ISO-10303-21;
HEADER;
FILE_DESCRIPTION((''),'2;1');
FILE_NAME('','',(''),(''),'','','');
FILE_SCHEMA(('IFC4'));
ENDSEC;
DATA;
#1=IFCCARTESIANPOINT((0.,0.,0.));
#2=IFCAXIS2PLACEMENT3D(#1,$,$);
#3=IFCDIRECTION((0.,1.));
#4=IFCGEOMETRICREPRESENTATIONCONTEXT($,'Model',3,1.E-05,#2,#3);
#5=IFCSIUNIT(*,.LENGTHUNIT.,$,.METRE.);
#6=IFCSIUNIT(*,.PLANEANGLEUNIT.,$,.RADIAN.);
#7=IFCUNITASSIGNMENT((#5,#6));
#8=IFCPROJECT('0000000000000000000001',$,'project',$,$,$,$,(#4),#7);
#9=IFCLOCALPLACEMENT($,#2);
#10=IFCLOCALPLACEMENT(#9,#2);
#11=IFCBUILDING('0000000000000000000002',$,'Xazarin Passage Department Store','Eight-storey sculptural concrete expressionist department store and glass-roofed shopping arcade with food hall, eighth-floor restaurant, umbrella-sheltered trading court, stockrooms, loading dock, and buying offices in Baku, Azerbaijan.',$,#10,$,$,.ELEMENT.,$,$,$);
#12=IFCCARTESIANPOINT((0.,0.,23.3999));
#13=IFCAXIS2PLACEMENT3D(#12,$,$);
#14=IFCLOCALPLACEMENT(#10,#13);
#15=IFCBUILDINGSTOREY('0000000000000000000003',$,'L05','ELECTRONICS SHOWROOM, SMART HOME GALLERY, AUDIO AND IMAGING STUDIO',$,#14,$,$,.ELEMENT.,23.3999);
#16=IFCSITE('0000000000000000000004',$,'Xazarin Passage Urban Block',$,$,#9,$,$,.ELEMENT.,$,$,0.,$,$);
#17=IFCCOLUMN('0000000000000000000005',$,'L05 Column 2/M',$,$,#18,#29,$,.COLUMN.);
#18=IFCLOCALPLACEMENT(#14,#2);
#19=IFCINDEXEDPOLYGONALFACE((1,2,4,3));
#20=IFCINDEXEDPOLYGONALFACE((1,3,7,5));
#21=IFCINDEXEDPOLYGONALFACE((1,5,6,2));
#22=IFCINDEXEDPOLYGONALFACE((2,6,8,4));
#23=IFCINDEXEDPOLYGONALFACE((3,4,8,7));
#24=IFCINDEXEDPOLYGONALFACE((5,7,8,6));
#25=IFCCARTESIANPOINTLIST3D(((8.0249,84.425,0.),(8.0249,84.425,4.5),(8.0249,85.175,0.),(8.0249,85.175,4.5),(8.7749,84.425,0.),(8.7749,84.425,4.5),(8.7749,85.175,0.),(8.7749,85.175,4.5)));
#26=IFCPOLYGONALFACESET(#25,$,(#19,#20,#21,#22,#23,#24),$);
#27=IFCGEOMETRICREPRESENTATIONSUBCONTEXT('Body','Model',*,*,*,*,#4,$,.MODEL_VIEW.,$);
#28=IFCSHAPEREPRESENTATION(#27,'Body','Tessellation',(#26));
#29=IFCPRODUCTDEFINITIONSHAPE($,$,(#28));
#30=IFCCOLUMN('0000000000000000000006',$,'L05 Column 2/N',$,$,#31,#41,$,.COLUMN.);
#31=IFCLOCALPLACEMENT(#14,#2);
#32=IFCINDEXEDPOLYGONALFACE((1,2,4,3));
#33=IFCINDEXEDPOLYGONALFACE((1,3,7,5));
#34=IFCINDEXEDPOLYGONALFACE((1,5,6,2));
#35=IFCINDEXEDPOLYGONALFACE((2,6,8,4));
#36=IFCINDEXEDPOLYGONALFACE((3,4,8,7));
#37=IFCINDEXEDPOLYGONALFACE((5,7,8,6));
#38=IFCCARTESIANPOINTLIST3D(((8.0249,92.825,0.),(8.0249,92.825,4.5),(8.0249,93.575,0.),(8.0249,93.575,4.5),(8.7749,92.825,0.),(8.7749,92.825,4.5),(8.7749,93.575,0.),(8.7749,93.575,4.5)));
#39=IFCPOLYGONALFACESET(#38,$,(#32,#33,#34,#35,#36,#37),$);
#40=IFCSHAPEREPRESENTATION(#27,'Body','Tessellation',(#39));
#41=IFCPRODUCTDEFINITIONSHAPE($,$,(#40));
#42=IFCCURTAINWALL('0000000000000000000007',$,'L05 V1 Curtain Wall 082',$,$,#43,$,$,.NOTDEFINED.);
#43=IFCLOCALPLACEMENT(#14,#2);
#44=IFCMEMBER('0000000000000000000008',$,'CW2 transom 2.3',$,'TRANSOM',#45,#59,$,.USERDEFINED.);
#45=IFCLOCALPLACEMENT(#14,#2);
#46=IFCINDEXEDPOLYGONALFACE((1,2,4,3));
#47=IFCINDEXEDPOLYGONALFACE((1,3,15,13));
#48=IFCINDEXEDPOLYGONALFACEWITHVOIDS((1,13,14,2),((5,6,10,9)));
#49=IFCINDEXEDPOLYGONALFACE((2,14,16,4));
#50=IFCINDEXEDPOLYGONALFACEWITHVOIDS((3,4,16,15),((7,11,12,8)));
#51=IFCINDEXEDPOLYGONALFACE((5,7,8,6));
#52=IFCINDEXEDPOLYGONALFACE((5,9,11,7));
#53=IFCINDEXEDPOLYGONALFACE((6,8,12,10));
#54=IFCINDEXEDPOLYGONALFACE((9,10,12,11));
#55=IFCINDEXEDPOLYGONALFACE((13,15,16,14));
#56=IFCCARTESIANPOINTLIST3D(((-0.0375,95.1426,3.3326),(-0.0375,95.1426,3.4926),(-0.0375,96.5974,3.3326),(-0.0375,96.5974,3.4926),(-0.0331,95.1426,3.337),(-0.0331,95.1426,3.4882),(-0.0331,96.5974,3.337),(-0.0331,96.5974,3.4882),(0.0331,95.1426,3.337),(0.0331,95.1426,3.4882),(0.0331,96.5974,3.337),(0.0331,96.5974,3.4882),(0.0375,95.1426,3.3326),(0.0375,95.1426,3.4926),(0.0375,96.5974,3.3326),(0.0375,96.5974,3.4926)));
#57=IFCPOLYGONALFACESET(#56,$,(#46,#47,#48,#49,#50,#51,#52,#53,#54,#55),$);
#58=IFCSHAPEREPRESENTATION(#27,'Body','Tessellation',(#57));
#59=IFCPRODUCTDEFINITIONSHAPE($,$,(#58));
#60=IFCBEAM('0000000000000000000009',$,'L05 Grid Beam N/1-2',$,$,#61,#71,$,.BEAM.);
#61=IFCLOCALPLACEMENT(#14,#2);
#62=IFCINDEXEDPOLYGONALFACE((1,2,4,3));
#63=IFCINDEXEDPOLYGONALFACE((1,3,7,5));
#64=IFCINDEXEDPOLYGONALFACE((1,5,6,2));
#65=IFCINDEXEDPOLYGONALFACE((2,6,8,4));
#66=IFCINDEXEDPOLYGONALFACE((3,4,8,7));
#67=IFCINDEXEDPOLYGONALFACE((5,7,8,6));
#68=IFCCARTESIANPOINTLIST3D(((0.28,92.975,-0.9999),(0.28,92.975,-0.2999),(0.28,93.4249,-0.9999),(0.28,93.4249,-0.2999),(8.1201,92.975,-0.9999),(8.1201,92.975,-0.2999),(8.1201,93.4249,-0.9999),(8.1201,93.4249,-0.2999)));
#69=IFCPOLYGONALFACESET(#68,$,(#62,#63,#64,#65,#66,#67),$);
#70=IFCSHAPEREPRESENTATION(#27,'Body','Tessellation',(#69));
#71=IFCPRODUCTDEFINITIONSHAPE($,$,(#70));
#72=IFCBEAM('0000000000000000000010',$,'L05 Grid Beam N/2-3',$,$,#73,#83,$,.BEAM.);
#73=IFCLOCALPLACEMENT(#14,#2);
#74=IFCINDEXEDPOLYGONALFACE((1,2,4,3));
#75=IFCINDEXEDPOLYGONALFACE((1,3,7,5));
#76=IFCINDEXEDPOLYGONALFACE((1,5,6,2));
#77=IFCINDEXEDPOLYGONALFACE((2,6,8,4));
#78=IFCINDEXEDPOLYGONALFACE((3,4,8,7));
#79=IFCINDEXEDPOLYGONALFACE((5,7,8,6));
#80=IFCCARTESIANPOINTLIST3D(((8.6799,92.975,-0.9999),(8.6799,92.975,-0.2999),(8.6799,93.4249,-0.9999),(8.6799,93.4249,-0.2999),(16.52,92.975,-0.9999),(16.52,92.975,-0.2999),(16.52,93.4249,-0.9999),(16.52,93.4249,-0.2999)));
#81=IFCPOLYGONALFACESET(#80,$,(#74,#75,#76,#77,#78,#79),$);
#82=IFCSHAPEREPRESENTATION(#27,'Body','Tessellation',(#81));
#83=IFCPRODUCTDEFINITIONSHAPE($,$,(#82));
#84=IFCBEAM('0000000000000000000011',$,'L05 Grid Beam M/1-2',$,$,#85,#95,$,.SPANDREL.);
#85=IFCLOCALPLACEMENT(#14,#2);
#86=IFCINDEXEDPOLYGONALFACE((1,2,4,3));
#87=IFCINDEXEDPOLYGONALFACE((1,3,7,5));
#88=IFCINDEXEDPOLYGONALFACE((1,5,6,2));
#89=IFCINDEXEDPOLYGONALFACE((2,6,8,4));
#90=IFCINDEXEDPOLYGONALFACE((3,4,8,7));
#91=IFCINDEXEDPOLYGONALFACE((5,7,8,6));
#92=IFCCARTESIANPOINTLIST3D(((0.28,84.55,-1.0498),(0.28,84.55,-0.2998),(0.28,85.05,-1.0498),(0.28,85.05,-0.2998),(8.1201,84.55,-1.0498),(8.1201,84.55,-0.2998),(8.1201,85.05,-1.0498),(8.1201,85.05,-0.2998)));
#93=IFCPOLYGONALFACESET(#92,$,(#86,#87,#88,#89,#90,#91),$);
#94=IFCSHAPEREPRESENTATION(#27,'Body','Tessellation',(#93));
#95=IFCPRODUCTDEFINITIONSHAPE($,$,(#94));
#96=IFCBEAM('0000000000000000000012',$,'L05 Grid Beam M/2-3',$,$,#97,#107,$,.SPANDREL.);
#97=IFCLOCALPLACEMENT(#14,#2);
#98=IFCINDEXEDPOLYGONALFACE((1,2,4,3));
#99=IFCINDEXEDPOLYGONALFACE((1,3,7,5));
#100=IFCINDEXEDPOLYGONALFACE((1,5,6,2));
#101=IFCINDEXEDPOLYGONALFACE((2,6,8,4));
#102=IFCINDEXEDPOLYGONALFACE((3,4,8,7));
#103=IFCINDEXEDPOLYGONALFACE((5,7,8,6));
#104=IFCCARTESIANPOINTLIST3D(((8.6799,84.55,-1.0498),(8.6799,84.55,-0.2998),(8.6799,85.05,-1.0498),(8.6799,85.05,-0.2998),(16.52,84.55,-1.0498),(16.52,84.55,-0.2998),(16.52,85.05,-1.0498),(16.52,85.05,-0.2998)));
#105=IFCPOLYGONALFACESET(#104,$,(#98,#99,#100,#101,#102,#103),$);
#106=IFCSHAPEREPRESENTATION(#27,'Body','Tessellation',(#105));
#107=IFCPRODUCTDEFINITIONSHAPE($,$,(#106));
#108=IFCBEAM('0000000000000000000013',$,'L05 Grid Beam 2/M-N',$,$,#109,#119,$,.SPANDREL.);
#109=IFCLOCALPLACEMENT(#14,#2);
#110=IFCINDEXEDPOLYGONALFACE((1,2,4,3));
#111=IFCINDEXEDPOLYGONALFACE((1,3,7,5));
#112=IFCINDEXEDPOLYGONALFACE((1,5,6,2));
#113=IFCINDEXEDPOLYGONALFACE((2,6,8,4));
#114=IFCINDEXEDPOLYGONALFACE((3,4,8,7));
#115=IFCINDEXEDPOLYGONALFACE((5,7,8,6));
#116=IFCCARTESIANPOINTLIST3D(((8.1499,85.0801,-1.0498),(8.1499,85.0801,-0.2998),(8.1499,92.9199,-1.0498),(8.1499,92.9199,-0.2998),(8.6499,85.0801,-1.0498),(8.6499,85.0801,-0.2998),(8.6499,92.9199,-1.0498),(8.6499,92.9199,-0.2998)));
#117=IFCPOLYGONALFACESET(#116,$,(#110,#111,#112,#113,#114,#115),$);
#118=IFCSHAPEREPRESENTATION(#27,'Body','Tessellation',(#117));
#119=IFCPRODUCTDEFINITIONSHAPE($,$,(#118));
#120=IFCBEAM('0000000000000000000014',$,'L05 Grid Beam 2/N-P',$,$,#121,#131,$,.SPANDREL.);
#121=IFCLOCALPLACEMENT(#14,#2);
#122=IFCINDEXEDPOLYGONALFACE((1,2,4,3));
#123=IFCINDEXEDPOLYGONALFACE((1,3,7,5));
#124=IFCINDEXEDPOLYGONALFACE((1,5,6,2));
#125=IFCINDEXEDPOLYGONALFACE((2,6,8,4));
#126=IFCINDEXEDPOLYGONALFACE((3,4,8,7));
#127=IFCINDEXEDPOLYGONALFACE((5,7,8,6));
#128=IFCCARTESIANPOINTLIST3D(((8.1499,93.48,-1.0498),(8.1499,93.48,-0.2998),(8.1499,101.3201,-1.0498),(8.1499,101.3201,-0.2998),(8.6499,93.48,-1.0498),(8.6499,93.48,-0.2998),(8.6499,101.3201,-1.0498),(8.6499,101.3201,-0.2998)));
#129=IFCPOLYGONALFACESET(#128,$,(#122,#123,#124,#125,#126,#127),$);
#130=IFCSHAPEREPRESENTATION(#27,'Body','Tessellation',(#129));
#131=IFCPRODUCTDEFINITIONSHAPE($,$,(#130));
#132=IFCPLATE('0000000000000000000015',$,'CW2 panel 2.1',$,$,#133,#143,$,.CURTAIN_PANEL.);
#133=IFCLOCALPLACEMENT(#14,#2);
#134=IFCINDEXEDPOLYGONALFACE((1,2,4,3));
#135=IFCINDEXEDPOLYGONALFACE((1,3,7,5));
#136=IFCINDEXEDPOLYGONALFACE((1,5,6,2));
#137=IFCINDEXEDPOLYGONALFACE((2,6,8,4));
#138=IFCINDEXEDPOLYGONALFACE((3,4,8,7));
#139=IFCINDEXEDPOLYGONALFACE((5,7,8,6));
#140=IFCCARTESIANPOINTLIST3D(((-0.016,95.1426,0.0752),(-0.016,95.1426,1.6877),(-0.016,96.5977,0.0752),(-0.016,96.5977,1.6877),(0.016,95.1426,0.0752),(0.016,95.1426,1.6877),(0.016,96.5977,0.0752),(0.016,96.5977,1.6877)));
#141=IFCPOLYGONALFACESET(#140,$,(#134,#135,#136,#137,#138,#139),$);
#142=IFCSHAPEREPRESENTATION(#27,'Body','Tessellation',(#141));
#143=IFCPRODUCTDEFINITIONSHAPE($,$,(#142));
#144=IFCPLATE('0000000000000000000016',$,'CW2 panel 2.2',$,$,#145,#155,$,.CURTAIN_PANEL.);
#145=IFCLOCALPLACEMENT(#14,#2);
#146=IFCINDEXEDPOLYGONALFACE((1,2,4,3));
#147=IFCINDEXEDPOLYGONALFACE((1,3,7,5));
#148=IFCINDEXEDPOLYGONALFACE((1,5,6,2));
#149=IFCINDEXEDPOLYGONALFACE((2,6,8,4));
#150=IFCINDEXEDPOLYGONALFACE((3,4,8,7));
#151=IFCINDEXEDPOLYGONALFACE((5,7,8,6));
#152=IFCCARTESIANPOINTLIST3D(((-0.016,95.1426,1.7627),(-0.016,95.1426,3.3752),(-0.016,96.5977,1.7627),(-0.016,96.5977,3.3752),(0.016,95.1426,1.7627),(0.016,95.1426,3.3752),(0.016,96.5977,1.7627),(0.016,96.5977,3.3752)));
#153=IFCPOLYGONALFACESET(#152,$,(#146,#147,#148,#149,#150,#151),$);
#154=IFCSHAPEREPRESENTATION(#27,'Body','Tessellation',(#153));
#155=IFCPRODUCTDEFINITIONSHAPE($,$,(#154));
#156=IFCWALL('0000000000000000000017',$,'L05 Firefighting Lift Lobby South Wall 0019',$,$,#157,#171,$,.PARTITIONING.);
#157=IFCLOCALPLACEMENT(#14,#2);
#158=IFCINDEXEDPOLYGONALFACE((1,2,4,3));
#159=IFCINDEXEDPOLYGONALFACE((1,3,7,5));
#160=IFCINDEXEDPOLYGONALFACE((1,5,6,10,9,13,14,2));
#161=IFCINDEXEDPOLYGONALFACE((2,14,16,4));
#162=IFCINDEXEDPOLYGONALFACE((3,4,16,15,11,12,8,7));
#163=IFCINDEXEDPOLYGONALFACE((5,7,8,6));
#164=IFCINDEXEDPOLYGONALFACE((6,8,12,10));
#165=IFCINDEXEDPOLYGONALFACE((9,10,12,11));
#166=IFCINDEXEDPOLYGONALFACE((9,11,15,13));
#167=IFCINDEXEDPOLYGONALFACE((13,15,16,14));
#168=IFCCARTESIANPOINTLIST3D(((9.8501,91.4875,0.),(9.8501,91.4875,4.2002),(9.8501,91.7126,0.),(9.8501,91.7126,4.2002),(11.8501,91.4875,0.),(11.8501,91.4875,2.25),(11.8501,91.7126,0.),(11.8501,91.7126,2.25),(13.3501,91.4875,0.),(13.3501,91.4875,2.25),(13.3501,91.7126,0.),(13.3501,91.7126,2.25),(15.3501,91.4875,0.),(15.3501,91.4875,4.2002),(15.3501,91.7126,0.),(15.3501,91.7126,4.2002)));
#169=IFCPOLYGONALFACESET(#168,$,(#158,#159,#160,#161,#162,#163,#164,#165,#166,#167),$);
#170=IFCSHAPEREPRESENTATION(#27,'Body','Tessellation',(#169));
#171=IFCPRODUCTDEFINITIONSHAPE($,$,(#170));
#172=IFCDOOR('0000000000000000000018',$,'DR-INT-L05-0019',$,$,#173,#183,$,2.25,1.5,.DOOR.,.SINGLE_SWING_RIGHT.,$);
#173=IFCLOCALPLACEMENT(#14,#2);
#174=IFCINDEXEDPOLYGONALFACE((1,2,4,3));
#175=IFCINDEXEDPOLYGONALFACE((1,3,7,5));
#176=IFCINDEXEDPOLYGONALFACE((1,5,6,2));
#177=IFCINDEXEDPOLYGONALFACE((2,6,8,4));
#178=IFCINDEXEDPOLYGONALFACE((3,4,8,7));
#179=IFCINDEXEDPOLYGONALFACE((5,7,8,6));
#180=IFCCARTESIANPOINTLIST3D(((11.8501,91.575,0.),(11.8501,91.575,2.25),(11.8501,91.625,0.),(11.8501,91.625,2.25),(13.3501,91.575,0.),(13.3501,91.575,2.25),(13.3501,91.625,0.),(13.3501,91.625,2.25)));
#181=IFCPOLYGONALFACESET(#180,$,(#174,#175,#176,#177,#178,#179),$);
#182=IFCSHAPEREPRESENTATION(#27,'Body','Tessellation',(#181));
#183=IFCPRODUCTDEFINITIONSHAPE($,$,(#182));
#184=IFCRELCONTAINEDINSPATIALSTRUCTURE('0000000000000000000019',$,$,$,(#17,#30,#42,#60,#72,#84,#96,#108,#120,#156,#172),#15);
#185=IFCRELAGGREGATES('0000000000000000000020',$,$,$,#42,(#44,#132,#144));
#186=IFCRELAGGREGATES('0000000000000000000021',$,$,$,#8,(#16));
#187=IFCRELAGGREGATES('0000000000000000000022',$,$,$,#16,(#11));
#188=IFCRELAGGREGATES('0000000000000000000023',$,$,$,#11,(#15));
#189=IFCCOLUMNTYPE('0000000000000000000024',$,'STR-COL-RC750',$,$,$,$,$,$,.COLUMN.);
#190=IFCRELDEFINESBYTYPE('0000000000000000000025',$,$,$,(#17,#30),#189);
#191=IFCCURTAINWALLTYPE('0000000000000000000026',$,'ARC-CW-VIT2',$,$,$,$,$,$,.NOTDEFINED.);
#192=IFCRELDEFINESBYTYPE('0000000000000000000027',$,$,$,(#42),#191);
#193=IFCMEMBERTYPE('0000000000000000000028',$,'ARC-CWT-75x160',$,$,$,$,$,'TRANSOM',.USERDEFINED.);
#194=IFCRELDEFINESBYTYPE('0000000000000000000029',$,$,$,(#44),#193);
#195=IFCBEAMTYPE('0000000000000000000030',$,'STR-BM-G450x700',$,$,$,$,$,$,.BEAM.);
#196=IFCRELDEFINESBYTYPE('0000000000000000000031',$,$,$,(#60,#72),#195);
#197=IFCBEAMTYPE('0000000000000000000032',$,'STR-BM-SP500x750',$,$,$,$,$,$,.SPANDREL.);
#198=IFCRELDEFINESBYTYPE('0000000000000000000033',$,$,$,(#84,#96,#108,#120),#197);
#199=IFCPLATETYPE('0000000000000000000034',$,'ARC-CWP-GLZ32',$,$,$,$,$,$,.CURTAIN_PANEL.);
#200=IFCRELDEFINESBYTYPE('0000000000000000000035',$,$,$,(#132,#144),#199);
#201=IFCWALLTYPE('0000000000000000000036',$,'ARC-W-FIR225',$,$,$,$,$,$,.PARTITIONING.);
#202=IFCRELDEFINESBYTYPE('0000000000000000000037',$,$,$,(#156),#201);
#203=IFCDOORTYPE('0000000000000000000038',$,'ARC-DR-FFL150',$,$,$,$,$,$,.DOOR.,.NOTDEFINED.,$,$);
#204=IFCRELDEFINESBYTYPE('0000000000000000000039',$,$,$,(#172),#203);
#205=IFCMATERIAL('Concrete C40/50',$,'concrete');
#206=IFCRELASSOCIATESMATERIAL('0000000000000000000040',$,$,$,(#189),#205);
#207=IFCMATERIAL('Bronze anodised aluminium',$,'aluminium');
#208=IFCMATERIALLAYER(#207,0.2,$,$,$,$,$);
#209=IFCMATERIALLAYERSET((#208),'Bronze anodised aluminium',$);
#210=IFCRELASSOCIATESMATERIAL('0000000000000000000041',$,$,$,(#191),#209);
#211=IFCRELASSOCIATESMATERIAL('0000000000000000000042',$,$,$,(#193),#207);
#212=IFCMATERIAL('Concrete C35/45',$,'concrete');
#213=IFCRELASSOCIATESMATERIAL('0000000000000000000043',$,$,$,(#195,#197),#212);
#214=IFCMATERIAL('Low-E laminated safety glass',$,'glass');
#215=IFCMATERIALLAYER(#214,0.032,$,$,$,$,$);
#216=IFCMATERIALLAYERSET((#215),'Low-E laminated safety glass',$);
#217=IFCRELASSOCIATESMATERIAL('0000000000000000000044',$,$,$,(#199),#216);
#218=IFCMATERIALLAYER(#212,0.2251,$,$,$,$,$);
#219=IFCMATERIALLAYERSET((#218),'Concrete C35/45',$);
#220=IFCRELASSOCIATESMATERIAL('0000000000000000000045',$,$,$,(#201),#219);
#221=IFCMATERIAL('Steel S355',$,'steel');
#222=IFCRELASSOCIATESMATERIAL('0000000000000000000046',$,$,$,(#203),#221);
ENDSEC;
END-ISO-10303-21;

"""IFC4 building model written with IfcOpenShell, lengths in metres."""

from ifc_helpers import new_model, si_unit, direction, frame, frame_2d, origin, origin_2d, place, context, subcontext, project, spatial, rectangle, hollow_rectangle, extrude, material, layer, layer_set, material_profile, profile_set, type_object, element, fill, aggregate, save


model = new_model("IFC4")

# Units and contexts
model_context = context("Model", 3, precision=1e-05, world=origin(), true_north=direction((0.0, 1.0)))
body_context = subcontext(model_context, "Body", "Model", "MODEL_VIEW")
ifc_project = project(units=[si_unit("LENGTHUNIT", "METRE"), si_unit("PLANEANGLEUNIT", "RADIAN")], contexts=[model_context])

# Site, building, storey
site_placement = place(None, origin())
site = spatial("IfcSite", under=ifc_project, at=site_placement, Name="Xazarin Passage Urban Block", CompositionType="ELEMENT", RefElevation=0.0)
building_placement = place(site_placement, origin())
building = spatial("IfcBuilding", under=site, at=building_placement, Name="Xazarin Passage Department Store", Description="Eight-storey sculptural concrete expressionist department store and glass-roofed shopping arcade with food hall, eighth-floor restaurant, umbrella-sheltered trading court, stockrooms, loading dock, and buying offices in Baku, Azerbaijan.", CompositionType="ELEMENT")
storey_placement = place(building_placement, frame((0.0, 0.0, 23.3999)))
storey = spatial("IfcBuildingStorey", under=building, at=storey_placement, Name="L05", Description="ELECTRONICS SHOWROOM, SMART HOME GALLERY, AUDIO AND IMAGING STUDIO", CompositionType="ELEMENT", Elevation=23.3999)

# Columns
ifc_material_1 = material(Name="Concrete C40/50", Category="concrete")
ifc_material_profile_1 = material_profile(ifc_material_1, rectangle(XDim=0.75, YDim=0.75, at=origin_2d()), Name="RC 750x750")
ifc_profile_set_1 = profile_set([ifc_material_profile_1], Name="Concrete C40/50")
column_type = type_object("IfcColumnType", Name="STR-COL-RC750", PredefinedType="COLUMN", material=ifc_profile_set_1)
for number, where, z_axis, x_axis, name in (
    (1, (8.3999, 84.8, 0.0), (0.0, 0.0, 1.0), (1.0, 0.0, 0.0), "L05 Column 2/M"),
    (2, (8.3999, 93.2, 0.0), (0.0, 0.0, 1.0), (1.0, 0.0, 0.0), "L05 Column 2/N"),
):
    element("IfcColumn", number, at=place(storey_placement, frame(where, z_axis=z_axis, x_axis=x_axis)), inside=storey, type_object=column_type, Name=name, PredefinedType="COLUMN", context=body_context, shape_type="SweptSolid", body=[
        extrude(rectangle(XDim=0.75, YDim=0.75, at=origin_2d()), origin(), (0.0, 0.0, 1.0), 4.5),
    ])

# Curtain wall, member
ifc_material_2 = material(Name="Bronze anodised aluminium", Category="aluminium")
ifc_layer_1 = layer(ifc_material_2, 0.2)
ifc_layer_set_1 = layer_set([ifc_layer_1], Name="Bronze anodised aluminium")
curtain_wall_type = type_object("IfcCurtainWallType", Name="ARC-CW-VIT2", PredefinedType="NOTDEFINED", material=ifc_layer_set_1)
curtain_wall_placement = place(storey_placement, origin())
curtain_wall = element("IfcCurtainWall", 3, at=curtain_wall_placement, inside=storey, type_object=curtain_wall_type, Name="L05 V1 Curtain Wall 082", PredefinedType="NOTDEFINED")
ifc_material_profile_2 = material_profile(ifc_material_2, hollow_rectangle(XDim=0.075, YDim=0.1599, WallThickness=0.0044, at=origin_2d()), Name="ALU 75x160")
ifc_profile_set_2 = profile_set([ifc_material_profile_2], Name="Bronze anodised aluminium")
member_type = type_object("IfcMemberType", Name="ARC-CWT-75x160", ElementType="TRANSOM", PredefinedType="USERDEFINED", material=ifc_profile_set_2)
member_placement = place(storey_placement, frame((0.0, 95.1426, 3.4126), z_axis=(0.0, 1.0, 0.0), x_axis=(-1.0, 0.0, 0.0)))
member = element("IfcMember", 4, at=member_placement, type_object=member_type, Name="CW2 transom 2.3", ObjectType="TRANSOM", PredefinedType="USERDEFINED", context=body_context, shape_type="SweptSolid", body=[
    extrude(hollow_rectangle(XDim=0.075, YDim=0.1599, WallThickness=0.0044, at=origin_2d()), origin(), (0.0, 0.0, 1.0), 1.4548),
])

# Beams
ifc_material_3 = material(Name="Concrete C35/45", Category="concrete")
ifc_material_profile_3 = material_profile(ifc_material_3, rectangle(XDim=0.45, YDim=0.7, at=origin_2d()), Name="RC 450x700")
ifc_profile_set_3 = profile_set([ifc_material_profile_3], Name="Concrete C35/45")
beam_type_1 = type_object("IfcBeamType", Name="STR-BM-G450x700", PredefinedType="BEAM", material=ifc_profile_set_3)
for number, where, z_axis, x_axis, name in (
    (5, (0.28, 93.2, -0.6499), (1.0, 0.0, 0.0), (0.0, 1.0, 0.0), "L05 Grid Beam N/1-2"),
    (6, (8.6799, 93.2, -0.6499), (1.0, 0.0, 0.0), (0.0, 1.0, 0.0), "L05 Grid Beam N/2-3"),
):
    element("IfcBeam", number, at=place(storey_placement, frame(where, z_axis=z_axis, x_axis=x_axis)), inside=storey, type_object=beam_type_1, Name=name, PredefinedType="BEAM", context=body_context, shape_type="SweptSolid", body=[
        extrude(rectangle(XDim=0.45, YDim=0.7, at=origin_2d()), origin(), (0.0, 0.0, 1.0), 7.8401),
    ])
ifc_material_profile_4 = material_profile(ifc_material_3, rectangle(XDim=0.5, YDim=0.75, at=origin_2d()), Name="RC 500x750")
ifc_profile_set_4 = profile_set([ifc_material_profile_4], Name="Concrete C35/45")
beam_type_2 = type_object("IfcBeamType", Name="STR-BM-SP500x750", PredefinedType="SPANDREL", material=ifc_profile_set_4)
for number, where, z_axis, x_axis, name in (
    (7, (0.28, 84.8, -0.6748), (1.0, 0.0, 0.0), (0.0, 1.0, 0.0), "L05 Grid Beam M/1-2"),
    (8, (8.6799, 84.8, -0.6748), (1.0, 0.0, 0.0), (0.0, 1.0, 0.0), "L05 Grid Beam M/2-3"),
):
    element("IfcBeam", number, at=place(storey_placement, frame(where, z_axis=z_axis, x_axis=x_axis)), inside=storey, type_object=beam_type_2, Name=name, PredefinedType="SPANDREL", context=body_context, shape_type="SweptSolid", body=[
        extrude(rectangle(XDim=0.5, YDim=0.75, at=origin_2d()), origin(), (0.0, 0.0, 1.0), 7.8401),
    ])
beam_1_placement = place(storey_placement, frame((8.3999, 85.0801, -0.6748), z_axis=(0.0, 1.0, 0.0), x_axis=(-1.0, 0.0, 0.0)))
element("IfcBeam", 9, at=beam_1_placement, inside=storey, type_object=beam_type_2, Name="L05 Grid Beam 2/M-N", PredefinedType="SPANDREL", context=body_context, shape_type="SweptSolid", body=[
    extrude(rectangle(XDim=0.5, YDim=0.75, at=origin_2d()), origin(), (0.0, 0.0, 1.0), 7.8398),
])
beam_2_placement = place(storey_placement, frame((8.3999, 93.48, -0.6748), z_axis=(0.0, 1.0, 0.0), x_axis=(-1.0, 0.0, 0.0)))
element("IfcBeam", 10, at=beam_2_placement, inside=storey, type_object=beam_type_2, Name="L05 Grid Beam 2/N-P", PredefinedType="SPANDREL", context=body_context, shape_type="SweptSolid", body=[
    extrude(rectangle(XDim=0.5, YDim=0.75, at=origin_2d()), origin(), (0.0, 0.0, 1.0), 7.8401),
])

# Plates
ifc_material_4 = material(Name="Low-E laminated safety glass", Category="glass")
ifc_layer_2 = layer(ifc_material_4, 0.032)
ifc_layer_set_2 = layer_set([ifc_layer_2], Name="Low-E laminated safety glass")
plate_type = type_object("IfcPlateType", Name="ARC-CWP-GLZ32", PredefinedType="CURTAIN_PANEL", material=ifc_layer_set_2)
plate_1_placement = place(storey_placement, frame((0.0, 95.8701, 0.0752), z_axis=(0.0, 0.0, 1.0), x_axis=(0.0, 1.0, 0.0)))
plate_1 = element("IfcPlate", 11, at=plate_1_placement, type_object=plate_type, Name="CW2 panel 2.1", PredefinedType="CURTAIN_PANEL", context=body_context, shape_type="SweptSolid", body=[
    extrude(rectangle(XDim=1.4551, YDim=0.032, at=origin_2d()), origin(), (0.0, 0.0, 1.0), 1.6125),
])
plate_2_placement = place(storey_placement, frame((0.0, 95.8701, 1.7627), z_axis=(0.0, 0.0, 1.0), x_axis=(0.0, 1.0, 0.0)))
plate_2 = element("IfcPlate", 12, at=plate_2_placement, type_object=plate_type, Name="CW2 panel 2.2", PredefinedType="CURTAIN_PANEL", context=body_context, shape_type="SweptSolid", body=[
    extrude(rectangle(XDim=1.4551, YDim=0.032, at=origin_2d()), origin(), (0.0, 0.0, 1.0), 1.6125),
])
aggregate(curtain_wall, [member, plate_1, plate_2])

# Wall, opening, door
ifc_layer_3 = layer(ifc_material_3, 0.2251)
ifc_layer_set_3 = layer_set([ifc_layer_3], Name="Concrete C35/45")
wall_type_1 = type_object("IfcWallType", Name="ARC-W-FIR225", PredefinedType="PARTITIONING", material=ifc_layer_set_3)
wall_1_placement = place(storey_placement, frame((9.8501, 91.6001, 0.0), z_axis=(0.0, 0.0, 1.0), x_axis=(1.0, 0.0, 0.0)))
wall_1 = element("IfcWall", 13, at=wall_1_placement, inside=storey, type_object=wall_type_1, Name="L05 Firefighting Lift Lobby South Wall 0019", PredefinedType="PARTITIONING", context=body_context, shape_type="SweptSolid", body=[
    extrude(rectangle(XDim=5.5, YDim=0.2251, at=frame_2d((2.75, 0.0))), origin(), (0.0, 0.0, 1.0), 4.2002),
])
opening_1_placement = place(wall_1_placement, frame((2.0, 0.0, 0.0)))
opening_1 = element("IfcOpeningElement", 14, at=opening_1_placement, cuts=wall_1, PredefinedType="OPENING", context=body_context, shape_type="SweptSolid", body=[
    extrude(rectangle(XDim=1.5, YDim=2.25, at=frame_2d((0.75, 1.125))), frame((0.0, 0.1226, 0.0), z_axis=(0.0, -1.0, 0.0), x_axis=(1.0, 0.0, 0.0)), (0.0, 0.0, 1.0), 0.2451),
])
ifc_material_5 = material(Name="Steel S355", Category="steel")
door_type_1 = type_object("IfcDoorType", Name="ARC-DR-FFL150", OperationType="NOTDEFINED", PredefinedType="DOOR", material=ifc_material_5)
door_1_placement = place(opening_1_placement, origin())
door_1 = element("IfcDoor", 15, at=door_1_placement, inside=storey, type_object=door_type_1, Name="DR-INT-L05-0019", OperationType="SINGLE_SWING_RIGHT", OverallHeight=2.25, OverallWidth=1.5, PredefinedType="DOOR", context=body_context, shape_type="SweptSolid", body=[
    extrude(rectangle(XDim=1.5, YDim=2.25, at=frame_2d((0.75, 1.125))), frame((0.0, 0.0249, 0.0), z_axis=(0.0, -1.0, 0.0), x_axis=(1.0, 0.0, 0.0)), (0.0, 0.0, 1.0), 0.05),
])
fill(opening_1, door_1)

save(model, "model.ifc")
